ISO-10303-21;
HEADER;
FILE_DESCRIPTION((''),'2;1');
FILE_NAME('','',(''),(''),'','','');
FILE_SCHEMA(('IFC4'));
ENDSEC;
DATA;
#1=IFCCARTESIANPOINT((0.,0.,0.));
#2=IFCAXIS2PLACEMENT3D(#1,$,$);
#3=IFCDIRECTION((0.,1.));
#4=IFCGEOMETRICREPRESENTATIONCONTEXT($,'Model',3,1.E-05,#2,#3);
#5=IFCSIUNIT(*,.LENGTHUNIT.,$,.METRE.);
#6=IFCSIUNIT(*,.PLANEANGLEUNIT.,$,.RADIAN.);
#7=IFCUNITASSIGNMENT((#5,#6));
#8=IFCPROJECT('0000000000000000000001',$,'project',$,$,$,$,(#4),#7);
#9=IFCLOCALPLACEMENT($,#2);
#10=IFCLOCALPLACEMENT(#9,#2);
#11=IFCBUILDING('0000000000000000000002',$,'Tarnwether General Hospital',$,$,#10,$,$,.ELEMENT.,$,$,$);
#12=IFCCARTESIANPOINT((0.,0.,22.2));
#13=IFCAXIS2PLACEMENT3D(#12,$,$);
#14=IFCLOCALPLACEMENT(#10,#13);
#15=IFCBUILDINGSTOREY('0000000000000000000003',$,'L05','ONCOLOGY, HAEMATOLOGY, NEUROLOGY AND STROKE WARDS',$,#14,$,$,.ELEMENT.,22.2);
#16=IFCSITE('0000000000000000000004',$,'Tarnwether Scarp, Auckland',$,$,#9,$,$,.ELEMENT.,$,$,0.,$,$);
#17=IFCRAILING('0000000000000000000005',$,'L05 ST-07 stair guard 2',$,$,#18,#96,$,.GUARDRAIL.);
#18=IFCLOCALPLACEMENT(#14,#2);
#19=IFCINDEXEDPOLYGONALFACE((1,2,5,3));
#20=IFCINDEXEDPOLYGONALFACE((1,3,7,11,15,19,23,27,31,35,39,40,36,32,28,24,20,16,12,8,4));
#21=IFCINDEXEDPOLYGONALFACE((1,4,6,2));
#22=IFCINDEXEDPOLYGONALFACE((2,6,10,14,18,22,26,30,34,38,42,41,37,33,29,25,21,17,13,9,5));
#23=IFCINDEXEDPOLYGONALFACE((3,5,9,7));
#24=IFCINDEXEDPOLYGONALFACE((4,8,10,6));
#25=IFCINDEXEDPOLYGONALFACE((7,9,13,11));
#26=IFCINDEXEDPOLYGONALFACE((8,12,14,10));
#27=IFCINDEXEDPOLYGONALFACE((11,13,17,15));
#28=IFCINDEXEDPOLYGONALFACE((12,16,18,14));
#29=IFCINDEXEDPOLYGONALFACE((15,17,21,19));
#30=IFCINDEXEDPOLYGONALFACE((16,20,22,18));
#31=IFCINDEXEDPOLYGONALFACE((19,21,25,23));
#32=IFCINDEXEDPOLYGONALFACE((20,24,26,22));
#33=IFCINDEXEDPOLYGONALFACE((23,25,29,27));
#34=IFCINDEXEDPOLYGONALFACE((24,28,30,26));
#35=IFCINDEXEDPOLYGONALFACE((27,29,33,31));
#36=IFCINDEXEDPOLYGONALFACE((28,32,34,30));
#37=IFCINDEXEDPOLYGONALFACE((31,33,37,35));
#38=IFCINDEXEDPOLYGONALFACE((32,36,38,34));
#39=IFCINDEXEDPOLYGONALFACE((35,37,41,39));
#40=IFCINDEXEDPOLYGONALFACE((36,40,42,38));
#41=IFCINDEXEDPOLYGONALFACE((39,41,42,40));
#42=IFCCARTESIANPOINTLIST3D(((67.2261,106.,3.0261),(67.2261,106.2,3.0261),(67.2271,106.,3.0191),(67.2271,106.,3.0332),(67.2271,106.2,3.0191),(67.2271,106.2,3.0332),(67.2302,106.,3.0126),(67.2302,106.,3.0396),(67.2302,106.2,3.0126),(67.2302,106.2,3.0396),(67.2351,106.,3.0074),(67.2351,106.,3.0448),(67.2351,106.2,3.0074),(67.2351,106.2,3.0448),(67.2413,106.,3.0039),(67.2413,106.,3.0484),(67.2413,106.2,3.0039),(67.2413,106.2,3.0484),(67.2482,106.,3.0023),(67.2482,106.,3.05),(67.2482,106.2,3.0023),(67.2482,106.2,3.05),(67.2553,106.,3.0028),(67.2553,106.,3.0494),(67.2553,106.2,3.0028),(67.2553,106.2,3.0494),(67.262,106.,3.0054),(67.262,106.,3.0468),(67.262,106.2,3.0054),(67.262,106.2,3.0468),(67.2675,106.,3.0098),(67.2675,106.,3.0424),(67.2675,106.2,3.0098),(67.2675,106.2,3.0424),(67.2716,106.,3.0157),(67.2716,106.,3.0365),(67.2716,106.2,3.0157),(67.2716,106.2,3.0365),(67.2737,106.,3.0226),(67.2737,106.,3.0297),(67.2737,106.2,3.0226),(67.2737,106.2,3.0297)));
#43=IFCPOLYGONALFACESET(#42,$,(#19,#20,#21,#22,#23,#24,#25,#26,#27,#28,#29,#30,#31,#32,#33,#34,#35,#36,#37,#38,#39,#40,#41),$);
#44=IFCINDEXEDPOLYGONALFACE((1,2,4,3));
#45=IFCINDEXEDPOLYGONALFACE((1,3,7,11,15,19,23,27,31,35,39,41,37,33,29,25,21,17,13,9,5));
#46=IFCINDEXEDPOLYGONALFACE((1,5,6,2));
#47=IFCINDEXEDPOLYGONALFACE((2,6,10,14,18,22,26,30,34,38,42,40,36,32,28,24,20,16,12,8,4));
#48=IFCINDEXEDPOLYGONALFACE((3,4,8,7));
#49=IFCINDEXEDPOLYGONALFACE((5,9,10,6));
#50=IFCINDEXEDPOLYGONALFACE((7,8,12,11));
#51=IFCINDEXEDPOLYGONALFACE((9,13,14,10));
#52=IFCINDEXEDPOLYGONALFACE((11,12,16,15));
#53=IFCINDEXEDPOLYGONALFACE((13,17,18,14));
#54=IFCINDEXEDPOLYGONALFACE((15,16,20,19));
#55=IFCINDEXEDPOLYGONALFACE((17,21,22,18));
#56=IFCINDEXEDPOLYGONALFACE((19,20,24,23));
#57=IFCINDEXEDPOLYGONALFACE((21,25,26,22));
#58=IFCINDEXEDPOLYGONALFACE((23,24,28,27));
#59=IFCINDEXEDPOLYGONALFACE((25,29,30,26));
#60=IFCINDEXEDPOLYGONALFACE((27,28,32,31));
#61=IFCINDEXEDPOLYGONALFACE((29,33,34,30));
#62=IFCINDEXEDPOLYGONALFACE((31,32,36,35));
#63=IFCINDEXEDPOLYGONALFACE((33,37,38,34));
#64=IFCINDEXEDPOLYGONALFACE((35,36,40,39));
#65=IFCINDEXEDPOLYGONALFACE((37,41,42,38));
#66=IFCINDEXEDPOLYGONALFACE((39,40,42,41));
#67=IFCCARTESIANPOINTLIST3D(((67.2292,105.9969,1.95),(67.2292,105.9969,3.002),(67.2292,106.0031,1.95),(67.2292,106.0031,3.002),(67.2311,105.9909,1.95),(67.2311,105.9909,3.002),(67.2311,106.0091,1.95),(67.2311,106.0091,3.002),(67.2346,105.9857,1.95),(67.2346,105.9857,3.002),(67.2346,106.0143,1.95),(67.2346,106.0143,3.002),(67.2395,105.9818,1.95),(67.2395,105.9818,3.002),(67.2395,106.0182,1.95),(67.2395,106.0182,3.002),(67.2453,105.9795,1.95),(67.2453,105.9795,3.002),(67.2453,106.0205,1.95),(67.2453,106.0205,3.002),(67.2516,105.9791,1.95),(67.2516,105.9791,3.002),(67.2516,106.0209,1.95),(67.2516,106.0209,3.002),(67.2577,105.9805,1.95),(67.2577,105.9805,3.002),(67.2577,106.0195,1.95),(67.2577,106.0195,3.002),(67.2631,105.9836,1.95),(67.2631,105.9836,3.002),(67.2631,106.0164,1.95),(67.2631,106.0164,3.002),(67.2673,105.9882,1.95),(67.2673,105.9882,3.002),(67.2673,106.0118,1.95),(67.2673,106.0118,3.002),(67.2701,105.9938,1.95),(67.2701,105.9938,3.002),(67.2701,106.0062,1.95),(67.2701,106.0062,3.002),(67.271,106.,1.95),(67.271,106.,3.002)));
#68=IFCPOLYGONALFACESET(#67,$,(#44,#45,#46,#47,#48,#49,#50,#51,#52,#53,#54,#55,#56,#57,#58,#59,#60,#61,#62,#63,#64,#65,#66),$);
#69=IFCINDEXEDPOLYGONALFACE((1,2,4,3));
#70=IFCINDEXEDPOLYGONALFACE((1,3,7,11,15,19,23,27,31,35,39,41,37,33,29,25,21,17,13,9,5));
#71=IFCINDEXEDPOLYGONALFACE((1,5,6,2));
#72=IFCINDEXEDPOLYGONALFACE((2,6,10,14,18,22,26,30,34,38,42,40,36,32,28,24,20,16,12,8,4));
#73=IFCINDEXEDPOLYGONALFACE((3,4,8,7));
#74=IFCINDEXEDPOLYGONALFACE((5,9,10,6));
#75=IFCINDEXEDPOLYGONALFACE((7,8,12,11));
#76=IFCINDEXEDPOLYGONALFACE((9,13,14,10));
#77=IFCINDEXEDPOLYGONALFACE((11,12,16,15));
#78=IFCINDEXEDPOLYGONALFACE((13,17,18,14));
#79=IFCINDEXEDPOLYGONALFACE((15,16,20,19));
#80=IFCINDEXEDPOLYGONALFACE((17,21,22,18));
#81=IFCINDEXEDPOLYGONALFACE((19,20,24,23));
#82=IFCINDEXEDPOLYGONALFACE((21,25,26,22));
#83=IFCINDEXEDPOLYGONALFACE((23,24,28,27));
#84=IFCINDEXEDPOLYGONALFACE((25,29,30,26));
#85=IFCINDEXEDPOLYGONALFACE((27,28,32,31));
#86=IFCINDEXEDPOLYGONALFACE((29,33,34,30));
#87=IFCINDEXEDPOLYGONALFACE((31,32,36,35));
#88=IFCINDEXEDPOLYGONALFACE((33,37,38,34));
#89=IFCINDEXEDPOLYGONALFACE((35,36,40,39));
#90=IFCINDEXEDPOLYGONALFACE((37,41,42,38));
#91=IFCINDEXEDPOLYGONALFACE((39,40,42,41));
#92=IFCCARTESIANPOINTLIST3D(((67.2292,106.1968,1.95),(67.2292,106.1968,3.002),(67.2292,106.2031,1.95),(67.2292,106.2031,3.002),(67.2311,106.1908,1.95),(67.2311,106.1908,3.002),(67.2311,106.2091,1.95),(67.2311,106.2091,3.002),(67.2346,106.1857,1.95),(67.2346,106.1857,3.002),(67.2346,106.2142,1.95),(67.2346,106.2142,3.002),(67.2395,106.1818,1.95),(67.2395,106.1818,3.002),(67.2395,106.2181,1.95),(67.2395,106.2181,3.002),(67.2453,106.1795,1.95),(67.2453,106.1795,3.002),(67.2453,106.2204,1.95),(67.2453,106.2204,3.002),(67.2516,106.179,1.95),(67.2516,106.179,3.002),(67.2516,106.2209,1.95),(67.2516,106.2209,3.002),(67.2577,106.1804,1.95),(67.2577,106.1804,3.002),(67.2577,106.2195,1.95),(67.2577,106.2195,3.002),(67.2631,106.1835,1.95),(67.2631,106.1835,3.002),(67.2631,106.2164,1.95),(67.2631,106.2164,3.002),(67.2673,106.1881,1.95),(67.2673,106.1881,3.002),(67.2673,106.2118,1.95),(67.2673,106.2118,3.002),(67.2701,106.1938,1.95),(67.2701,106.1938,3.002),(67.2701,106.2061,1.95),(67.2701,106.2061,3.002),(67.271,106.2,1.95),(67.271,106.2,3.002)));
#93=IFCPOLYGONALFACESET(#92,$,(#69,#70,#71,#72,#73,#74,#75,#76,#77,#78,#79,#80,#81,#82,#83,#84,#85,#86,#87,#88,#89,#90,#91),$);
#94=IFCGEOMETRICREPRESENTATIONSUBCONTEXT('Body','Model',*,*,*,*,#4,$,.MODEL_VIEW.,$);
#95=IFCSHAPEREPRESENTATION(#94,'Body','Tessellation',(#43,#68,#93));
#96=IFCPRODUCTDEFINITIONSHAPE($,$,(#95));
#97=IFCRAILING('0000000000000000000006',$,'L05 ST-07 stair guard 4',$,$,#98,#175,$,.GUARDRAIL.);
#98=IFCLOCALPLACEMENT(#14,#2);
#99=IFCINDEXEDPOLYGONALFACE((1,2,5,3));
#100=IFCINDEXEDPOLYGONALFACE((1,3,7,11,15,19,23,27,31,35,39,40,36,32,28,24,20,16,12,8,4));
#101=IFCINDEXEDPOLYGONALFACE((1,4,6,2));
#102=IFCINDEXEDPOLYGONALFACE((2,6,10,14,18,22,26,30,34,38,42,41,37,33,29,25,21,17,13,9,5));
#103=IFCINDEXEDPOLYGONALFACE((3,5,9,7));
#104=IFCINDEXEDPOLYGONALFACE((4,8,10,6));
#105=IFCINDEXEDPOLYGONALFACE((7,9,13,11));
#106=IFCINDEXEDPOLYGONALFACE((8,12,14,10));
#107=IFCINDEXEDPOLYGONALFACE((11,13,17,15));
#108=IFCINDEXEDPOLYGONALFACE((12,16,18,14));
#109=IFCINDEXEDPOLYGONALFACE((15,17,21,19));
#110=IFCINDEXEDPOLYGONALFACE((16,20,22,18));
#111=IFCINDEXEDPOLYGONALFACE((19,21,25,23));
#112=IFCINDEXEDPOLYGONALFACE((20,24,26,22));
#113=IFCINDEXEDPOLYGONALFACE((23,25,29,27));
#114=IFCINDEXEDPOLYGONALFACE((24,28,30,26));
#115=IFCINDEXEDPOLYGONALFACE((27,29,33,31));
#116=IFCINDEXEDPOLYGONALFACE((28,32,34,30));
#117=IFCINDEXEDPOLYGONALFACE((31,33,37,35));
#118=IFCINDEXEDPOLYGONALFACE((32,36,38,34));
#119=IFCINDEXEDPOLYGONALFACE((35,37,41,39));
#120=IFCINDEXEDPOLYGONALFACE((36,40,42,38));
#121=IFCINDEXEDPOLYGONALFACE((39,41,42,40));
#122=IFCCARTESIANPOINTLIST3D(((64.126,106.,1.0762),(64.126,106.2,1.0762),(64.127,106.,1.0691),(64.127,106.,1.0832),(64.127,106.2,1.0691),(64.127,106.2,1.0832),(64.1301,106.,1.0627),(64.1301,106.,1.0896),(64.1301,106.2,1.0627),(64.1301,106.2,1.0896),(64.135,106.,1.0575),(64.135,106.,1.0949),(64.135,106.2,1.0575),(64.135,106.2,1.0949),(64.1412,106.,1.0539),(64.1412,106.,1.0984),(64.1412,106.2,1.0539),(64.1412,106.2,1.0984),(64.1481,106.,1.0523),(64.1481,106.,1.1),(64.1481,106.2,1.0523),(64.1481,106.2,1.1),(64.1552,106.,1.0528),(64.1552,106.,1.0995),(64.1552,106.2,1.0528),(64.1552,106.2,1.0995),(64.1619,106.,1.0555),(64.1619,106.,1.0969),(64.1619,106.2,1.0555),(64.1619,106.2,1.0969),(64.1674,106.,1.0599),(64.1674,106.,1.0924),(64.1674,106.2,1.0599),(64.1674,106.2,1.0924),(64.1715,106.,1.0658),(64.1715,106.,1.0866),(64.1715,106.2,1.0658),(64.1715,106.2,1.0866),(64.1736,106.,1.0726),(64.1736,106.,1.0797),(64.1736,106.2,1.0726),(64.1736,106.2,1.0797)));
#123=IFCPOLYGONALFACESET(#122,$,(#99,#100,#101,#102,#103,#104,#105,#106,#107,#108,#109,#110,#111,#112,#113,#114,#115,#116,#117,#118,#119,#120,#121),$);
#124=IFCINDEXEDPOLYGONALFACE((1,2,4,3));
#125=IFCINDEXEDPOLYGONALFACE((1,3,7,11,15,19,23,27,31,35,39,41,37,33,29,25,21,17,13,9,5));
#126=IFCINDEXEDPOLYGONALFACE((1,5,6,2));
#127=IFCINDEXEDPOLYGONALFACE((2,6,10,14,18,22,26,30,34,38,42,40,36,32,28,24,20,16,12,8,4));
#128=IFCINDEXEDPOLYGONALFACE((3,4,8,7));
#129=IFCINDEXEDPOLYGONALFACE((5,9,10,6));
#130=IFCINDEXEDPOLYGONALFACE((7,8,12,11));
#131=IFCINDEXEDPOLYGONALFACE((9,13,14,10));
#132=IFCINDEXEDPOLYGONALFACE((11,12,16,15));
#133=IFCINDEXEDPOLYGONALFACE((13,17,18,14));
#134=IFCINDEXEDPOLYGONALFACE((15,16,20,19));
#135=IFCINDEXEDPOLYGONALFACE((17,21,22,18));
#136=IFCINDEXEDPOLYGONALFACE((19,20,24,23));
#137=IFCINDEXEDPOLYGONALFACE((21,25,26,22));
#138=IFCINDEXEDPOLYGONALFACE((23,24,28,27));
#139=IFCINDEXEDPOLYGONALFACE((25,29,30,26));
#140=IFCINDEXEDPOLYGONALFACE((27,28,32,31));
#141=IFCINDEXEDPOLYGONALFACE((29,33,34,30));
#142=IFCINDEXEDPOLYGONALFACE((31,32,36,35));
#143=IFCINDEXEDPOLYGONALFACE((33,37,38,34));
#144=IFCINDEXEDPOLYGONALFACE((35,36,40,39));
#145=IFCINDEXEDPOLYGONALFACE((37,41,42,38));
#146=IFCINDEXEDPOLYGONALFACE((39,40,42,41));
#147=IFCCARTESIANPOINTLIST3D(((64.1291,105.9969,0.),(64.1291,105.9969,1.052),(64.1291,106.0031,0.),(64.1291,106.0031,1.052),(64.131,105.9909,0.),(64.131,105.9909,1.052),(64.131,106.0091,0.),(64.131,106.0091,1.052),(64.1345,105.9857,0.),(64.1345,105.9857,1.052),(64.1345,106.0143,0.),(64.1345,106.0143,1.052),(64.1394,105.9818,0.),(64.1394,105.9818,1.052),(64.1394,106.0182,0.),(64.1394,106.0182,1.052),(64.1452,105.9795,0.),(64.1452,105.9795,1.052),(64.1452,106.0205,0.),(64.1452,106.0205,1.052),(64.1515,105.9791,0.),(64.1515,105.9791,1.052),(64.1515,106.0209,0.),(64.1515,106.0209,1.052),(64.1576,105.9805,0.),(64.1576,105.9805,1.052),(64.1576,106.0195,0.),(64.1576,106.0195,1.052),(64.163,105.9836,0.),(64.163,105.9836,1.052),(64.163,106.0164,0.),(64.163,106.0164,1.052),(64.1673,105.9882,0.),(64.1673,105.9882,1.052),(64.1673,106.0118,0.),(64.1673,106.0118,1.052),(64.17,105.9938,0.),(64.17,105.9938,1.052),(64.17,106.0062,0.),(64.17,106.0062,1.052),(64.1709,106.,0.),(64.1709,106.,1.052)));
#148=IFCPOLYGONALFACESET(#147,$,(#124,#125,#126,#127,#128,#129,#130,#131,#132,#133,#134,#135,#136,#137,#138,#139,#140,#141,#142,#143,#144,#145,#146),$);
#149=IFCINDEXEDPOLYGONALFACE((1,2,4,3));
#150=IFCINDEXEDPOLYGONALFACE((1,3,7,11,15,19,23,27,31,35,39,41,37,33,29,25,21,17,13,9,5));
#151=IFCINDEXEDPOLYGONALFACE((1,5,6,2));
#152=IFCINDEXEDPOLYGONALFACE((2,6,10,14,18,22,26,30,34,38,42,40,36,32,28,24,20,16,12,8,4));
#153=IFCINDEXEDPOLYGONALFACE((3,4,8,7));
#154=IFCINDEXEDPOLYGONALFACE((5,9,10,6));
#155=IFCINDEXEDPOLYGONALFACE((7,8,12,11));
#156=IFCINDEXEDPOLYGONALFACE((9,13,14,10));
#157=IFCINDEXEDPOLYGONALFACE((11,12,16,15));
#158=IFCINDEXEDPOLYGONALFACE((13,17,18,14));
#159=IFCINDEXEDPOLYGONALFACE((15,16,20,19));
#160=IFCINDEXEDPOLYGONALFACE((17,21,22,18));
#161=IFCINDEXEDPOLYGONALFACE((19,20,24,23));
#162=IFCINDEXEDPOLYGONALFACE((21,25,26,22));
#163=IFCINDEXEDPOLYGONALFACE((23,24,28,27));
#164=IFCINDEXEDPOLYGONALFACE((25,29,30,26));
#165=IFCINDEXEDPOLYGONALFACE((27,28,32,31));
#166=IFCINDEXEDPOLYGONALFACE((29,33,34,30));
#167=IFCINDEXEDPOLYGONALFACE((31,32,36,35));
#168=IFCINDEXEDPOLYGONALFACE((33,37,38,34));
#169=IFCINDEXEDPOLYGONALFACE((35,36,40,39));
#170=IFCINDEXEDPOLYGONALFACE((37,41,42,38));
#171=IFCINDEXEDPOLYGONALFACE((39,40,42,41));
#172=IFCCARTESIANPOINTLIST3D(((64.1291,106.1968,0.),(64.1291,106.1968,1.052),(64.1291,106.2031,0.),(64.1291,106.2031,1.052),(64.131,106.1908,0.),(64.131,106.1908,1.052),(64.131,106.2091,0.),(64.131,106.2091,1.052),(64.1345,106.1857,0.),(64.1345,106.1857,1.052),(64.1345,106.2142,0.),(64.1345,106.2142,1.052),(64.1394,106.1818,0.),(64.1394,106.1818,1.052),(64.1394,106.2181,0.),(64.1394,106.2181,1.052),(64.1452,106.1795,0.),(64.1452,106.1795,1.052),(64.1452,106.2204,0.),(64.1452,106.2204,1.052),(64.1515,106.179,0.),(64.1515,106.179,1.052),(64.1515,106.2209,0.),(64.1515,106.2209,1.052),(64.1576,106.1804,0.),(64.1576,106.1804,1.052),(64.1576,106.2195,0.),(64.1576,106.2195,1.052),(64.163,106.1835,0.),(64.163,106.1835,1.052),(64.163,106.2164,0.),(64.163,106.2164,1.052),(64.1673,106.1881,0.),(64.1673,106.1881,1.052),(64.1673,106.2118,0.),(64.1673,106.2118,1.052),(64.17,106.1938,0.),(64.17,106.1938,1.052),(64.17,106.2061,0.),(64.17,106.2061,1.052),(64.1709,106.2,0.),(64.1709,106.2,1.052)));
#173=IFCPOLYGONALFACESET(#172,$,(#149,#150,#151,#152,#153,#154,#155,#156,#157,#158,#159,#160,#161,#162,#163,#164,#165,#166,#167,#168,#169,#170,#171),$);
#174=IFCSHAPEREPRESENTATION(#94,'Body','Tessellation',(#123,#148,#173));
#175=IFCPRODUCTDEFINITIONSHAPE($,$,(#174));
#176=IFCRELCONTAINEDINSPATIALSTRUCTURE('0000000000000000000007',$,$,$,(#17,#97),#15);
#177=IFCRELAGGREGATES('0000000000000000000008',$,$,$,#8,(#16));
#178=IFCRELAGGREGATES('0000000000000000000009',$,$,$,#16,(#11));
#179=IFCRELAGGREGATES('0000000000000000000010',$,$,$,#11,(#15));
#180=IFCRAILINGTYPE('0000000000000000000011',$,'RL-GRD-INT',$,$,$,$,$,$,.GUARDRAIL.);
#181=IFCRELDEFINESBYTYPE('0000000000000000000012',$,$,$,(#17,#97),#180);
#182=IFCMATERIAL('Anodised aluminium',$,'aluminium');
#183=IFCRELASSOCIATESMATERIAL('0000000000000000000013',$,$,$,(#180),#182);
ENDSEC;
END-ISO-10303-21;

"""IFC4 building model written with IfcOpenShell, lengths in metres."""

from ifc_helpers import new_model, si_unit, direction, frame, origin, origin_2d, place, context, subcontext, project, spatial, circle, extrude, material, type_object, element, save


model = new_model("IFC4")

# Units and contexts
model_context = context("Model", 3, precision=1e-05, world=origin(), true_north=direction((0.0, 1.0)))
body_context = subcontext(model_context, "Body", "Model", "MODEL_VIEW")
ifc_project = project(units=[si_unit("LENGTHUNIT", "METRE"), si_unit("PLANEANGLEUNIT", "RADIAN")], contexts=[model_context])

# Site, building, storey
site_placement = place(None, origin())
site = spatial("IfcSite", under=ifc_project, at=site_placement, Name="Tarnwether Scarp, Auckland", CompositionType="ELEMENT", RefElevation=0.0)
building_placement = place(site_placement, origin())
building = spatial("IfcBuilding", under=site, at=building_placement, Name="Tarnwether General Hospital", CompositionType="ELEMENT")
storey_placement = place(building_placement, frame((0.0, 0.0, 22.2)))
storey = spatial("IfcBuildingStorey", under=building, at=storey_placement, Name="L05", Description="ONCOLOGY, HAEMATOLOGY, NEUROLOGY AND STROKE WARDS", CompositionType="ELEMENT", Elevation=22.2)

# Railings
ifc_material_1 = material(Name="Anodised aluminium", Category="aluminium")
railing_type_1 = type_object("IfcRailingType", Name="RL-GRD-INT", PredefinedType="GUARDRAIL", material=ifc_material_1)
for number, where, name in (
    (1, (67.25, 106.0, 1.95), "L05 ST-07 stair guard 2"),
    (2, (64.1499, 106.0, 0.0), "L05 ST-07 stair guard 4"),
):
    element("IfcRailing", number, at=place(storey_placement, frame(where)), inside=storey, type_object=railing_type_1, Name=name, PredefinedType="GUARDRAIL", context=body_context, shape_type="SweptSolid", body=[
        extrude(circle(Radius=0.0239, at=origin_2d()), frame((0.0, 0.0, 1.0762), z_axis=(0.0, 1.0, 0.0), x_axis=(-1.0, 0.0, 0.0)), (0.0, 0.0, 1.0), 0.2),
        extrude(circle(Radius=0.021, at=origin_2d()), origin(), (0.0, 0.0, 1.0), 1.052),
        extrude(circle(Radius=0.021, at=origin_2d()), frame((0.0, 0.2, 0.0)), (0.0, 0.0, 1.0), 1.052),
    ])

save(model, "model.ifc")
